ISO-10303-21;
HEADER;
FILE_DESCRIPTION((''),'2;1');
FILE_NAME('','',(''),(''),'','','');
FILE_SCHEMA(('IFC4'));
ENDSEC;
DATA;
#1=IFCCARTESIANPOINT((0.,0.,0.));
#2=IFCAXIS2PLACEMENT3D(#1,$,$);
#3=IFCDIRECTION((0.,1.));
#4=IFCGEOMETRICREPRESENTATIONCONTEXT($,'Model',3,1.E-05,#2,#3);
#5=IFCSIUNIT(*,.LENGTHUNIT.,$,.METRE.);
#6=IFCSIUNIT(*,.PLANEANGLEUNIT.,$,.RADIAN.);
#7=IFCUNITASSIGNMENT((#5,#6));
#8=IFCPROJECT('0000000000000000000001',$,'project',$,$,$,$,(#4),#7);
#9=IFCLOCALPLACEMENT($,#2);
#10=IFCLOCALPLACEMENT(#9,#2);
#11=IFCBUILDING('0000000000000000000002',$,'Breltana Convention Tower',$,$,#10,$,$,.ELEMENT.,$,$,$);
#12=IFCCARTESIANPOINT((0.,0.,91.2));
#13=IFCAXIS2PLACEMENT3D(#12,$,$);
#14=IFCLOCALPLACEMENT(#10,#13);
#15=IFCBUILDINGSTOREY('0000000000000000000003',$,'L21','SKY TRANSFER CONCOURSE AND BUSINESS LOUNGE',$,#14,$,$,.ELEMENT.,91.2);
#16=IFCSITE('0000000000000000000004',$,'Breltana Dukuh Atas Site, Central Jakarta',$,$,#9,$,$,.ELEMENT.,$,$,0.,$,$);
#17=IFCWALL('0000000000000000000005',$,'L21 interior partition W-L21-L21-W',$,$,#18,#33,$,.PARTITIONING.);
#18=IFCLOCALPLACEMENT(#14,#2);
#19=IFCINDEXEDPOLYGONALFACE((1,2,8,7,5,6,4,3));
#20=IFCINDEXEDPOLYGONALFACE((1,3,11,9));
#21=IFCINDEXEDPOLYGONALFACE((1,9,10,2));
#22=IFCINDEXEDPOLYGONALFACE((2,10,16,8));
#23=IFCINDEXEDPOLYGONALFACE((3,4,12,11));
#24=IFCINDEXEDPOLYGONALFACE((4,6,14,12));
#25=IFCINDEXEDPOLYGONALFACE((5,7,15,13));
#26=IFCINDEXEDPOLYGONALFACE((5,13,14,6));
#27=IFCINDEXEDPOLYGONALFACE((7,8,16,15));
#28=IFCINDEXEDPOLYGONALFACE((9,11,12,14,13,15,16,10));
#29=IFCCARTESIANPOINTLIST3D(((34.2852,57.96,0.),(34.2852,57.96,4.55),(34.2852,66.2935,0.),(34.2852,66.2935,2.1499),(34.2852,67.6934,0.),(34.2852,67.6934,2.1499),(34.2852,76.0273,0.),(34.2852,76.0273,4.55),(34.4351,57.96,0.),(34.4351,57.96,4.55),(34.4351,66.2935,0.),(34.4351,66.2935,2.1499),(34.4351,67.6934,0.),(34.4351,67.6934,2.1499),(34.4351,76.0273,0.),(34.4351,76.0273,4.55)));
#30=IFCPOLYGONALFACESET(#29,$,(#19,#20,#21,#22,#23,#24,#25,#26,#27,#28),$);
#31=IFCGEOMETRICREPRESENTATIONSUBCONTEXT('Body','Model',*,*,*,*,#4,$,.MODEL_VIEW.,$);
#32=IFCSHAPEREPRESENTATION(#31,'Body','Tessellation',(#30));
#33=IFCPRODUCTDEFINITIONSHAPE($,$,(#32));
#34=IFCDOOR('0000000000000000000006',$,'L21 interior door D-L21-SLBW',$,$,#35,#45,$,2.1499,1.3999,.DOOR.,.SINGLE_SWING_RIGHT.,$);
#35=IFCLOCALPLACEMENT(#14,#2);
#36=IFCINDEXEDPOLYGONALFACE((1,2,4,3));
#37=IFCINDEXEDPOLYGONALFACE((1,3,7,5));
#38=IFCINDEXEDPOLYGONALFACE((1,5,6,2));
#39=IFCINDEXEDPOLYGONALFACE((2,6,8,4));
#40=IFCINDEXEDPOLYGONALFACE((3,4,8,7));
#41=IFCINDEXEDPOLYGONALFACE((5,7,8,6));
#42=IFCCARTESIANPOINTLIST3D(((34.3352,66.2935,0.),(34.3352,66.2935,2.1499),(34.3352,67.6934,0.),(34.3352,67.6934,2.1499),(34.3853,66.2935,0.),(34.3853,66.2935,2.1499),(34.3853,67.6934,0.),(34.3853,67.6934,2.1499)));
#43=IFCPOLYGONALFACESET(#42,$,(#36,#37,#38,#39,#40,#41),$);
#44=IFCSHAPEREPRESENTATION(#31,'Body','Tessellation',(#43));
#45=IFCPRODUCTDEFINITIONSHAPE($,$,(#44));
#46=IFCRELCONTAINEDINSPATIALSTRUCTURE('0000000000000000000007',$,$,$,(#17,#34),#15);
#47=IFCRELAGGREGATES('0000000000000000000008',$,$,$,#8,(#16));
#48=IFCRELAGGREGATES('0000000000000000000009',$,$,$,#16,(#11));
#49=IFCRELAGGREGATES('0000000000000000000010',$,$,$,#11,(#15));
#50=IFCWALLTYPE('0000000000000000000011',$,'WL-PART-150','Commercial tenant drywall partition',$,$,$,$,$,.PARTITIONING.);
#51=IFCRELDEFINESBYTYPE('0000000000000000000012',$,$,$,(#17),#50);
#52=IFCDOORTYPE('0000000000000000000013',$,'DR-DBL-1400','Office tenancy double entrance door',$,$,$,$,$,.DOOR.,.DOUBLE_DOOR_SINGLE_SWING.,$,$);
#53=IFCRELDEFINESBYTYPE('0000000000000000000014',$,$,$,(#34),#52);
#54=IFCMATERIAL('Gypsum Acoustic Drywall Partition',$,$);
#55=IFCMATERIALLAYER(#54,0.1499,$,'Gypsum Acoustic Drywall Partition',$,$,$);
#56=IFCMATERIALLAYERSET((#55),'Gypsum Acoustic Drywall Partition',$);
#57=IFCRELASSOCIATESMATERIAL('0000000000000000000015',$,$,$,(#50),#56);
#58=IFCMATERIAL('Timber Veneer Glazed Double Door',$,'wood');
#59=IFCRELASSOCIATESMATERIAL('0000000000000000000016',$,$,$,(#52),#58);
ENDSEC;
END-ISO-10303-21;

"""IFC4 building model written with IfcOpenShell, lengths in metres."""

from ifc_helpers import new_model, si_unit, direction, frame, frame_2d, origin, place, context, subcontext, project, spatial, rectangle, extrude, source, transform, mapped, material, layer, layer_set, type_object, type_shapes, element, fill, save


model = new_model("IFC4")

# Units and contexts
model_context = context("Model", 3, precision=1e-05, world=origin(), true_north=direction((0.0, 1.0)))
body_context = subcontext(model_context, "Body", "Model", "MODEL_VIEW")
ifc_project = project(units=[si_unit("LENGTHUNIT", "METRE"), si_unit("PLANEANGLEUNIT", "RADIAN")], contexts=[model_context])

# Site, building, storey
site_placement = place(None, origin())
site = spatial("IfcSite", under=ifc_project, at=site_placement, Name="Breltana Dukuh Atas Site, Central Jakarta", CompositionType="ELEMENT", RefElevation=0.0)
building_placement = place(site_placement, origin())
building = spatial("IfcBuilding", under=site, at=building_placement, Name="Breltana Convention Tower", CompositionType="ELEMENT")
storey_placement = place(building_placement, frame((0.0, 0.0, 91.2)))
storey = spatial("IfcBuildingStorey", under=building, at=storey_placement, Name="L21", Description="SKY TRANSFER CONCOURSE AND BUSINESS LOUNGE", CompositionType="ELEMENT", Elevation=91.2)

# Shared definitions
ifc_material_1 = material(Name="Gypsum Acoustic Drywall Partition")
ifc_layer_1 = layer(ifc_material_1, 0.1499, Name="Gypsum Acoustic Drywall Partition")
ifc_layer_set_1 = layer_set([ifc_layer_1], Name="Gypsum Acoustic Drywall Partition")
wall_type_1 = type_object("IfcWallType", Name="WL-PART-150", Description="Commercial tenant drywall partition", PredefinedType="PARTITIONING", material=ifc_layer_set_1)

# Wall, opening, door
shared_shape_1 = source(origin(), body_context, "Body", "SweptSolid", [
    extrude(rectangle(XDim=18.0674, YDim=0.1499, at=frame_2d((9.0337, 0.0))), origin(), (0.0, 0.0, 1.0), 4.55),
])
wall_1_placement = place(storey_placement, frame((34.3601, 57.96, 0.0), z_axis=(0.0, 0.0, 1.0), x_axis=(0.0, 1.0, 0.0)))
wall_1 = element("IfcWall", 1, at=wall_1_placement, inside=storey, type_object=wall_type_1, Name="L21 interior partition W-L21-L21-W", PredefinedType="PARTITIONING", context=body_context, shape_type="MappedRepresentation", body=[
    mapped(shared_shape_1, transform((0.0, 0.0, 0.0), scale=1.0)),
])
opening_1_placement = place(wall_1_placement, frame((8.3335, 0.0, 0.0)))
opening_1 = element("IfcOpeningElement", 2, at=opening_1_placement, cuts=wall_1, PredefinedType="OPENING", context=body_context, shape_type="SweptSolid", body=[
    extrude(rectangle(XDim=1.3999, YDim=2.1499, at=frame_2d((0.7, 1.075))), frame((0.0, 0.085, 0.0), z_axis=(0.0, -1.0, 0.0), x_axis=(1.0, 0.0, 0.0)), (0.0, 0.0, 1.0), 0.1699),
])
ifc_material_2 = material(Name="Timber Veneer Glazed Double Door", Category="wood")
door_type = type_object("IfcDoorType", Name="DR-DBL-1400", Description="Office tenancy double entrance door", OperationType="DOUBLE_DOOR_SINGLE_SWING", PredefinedType="DOOR", material=ifc_material_2)
shared_shape_2 = source(origin(), body_context, "Body", "SweptSolid", [
    extrude(rectangle(XDim=1.3999, YDim=2.1499, at=frame_2d((0.7, 1.075))), frame((0.0, 0.0249, 0.0), z_axis=(0.0, -1.0, 0.0), x_axis=(1.0, 0.0, 0.0)), (0.0, 0.0, 1.0), 0.05),
])
type_shapes(door_type, [shared_shape_2])
door_placement = place(opening_1_placement, origin())
door = element("IfcDoor", 3, at=door_placement, inside=storey, type_object=door_type, Name="L21 interior door D-L21-SLBW", OperationType="SINGLE_SWING_RIGHT", OverallHeight=2.1499, OverallWidth=1.3999, PredefinedType="DOOR", context=body_context, shape_type="MappedRepresentation", body=[
    mapped(shared_shape_2, transform((0.0, 0.0, 0.0), scale=1.0)),
])
fill(opening_1, door)

save(model, "model.ifc")
